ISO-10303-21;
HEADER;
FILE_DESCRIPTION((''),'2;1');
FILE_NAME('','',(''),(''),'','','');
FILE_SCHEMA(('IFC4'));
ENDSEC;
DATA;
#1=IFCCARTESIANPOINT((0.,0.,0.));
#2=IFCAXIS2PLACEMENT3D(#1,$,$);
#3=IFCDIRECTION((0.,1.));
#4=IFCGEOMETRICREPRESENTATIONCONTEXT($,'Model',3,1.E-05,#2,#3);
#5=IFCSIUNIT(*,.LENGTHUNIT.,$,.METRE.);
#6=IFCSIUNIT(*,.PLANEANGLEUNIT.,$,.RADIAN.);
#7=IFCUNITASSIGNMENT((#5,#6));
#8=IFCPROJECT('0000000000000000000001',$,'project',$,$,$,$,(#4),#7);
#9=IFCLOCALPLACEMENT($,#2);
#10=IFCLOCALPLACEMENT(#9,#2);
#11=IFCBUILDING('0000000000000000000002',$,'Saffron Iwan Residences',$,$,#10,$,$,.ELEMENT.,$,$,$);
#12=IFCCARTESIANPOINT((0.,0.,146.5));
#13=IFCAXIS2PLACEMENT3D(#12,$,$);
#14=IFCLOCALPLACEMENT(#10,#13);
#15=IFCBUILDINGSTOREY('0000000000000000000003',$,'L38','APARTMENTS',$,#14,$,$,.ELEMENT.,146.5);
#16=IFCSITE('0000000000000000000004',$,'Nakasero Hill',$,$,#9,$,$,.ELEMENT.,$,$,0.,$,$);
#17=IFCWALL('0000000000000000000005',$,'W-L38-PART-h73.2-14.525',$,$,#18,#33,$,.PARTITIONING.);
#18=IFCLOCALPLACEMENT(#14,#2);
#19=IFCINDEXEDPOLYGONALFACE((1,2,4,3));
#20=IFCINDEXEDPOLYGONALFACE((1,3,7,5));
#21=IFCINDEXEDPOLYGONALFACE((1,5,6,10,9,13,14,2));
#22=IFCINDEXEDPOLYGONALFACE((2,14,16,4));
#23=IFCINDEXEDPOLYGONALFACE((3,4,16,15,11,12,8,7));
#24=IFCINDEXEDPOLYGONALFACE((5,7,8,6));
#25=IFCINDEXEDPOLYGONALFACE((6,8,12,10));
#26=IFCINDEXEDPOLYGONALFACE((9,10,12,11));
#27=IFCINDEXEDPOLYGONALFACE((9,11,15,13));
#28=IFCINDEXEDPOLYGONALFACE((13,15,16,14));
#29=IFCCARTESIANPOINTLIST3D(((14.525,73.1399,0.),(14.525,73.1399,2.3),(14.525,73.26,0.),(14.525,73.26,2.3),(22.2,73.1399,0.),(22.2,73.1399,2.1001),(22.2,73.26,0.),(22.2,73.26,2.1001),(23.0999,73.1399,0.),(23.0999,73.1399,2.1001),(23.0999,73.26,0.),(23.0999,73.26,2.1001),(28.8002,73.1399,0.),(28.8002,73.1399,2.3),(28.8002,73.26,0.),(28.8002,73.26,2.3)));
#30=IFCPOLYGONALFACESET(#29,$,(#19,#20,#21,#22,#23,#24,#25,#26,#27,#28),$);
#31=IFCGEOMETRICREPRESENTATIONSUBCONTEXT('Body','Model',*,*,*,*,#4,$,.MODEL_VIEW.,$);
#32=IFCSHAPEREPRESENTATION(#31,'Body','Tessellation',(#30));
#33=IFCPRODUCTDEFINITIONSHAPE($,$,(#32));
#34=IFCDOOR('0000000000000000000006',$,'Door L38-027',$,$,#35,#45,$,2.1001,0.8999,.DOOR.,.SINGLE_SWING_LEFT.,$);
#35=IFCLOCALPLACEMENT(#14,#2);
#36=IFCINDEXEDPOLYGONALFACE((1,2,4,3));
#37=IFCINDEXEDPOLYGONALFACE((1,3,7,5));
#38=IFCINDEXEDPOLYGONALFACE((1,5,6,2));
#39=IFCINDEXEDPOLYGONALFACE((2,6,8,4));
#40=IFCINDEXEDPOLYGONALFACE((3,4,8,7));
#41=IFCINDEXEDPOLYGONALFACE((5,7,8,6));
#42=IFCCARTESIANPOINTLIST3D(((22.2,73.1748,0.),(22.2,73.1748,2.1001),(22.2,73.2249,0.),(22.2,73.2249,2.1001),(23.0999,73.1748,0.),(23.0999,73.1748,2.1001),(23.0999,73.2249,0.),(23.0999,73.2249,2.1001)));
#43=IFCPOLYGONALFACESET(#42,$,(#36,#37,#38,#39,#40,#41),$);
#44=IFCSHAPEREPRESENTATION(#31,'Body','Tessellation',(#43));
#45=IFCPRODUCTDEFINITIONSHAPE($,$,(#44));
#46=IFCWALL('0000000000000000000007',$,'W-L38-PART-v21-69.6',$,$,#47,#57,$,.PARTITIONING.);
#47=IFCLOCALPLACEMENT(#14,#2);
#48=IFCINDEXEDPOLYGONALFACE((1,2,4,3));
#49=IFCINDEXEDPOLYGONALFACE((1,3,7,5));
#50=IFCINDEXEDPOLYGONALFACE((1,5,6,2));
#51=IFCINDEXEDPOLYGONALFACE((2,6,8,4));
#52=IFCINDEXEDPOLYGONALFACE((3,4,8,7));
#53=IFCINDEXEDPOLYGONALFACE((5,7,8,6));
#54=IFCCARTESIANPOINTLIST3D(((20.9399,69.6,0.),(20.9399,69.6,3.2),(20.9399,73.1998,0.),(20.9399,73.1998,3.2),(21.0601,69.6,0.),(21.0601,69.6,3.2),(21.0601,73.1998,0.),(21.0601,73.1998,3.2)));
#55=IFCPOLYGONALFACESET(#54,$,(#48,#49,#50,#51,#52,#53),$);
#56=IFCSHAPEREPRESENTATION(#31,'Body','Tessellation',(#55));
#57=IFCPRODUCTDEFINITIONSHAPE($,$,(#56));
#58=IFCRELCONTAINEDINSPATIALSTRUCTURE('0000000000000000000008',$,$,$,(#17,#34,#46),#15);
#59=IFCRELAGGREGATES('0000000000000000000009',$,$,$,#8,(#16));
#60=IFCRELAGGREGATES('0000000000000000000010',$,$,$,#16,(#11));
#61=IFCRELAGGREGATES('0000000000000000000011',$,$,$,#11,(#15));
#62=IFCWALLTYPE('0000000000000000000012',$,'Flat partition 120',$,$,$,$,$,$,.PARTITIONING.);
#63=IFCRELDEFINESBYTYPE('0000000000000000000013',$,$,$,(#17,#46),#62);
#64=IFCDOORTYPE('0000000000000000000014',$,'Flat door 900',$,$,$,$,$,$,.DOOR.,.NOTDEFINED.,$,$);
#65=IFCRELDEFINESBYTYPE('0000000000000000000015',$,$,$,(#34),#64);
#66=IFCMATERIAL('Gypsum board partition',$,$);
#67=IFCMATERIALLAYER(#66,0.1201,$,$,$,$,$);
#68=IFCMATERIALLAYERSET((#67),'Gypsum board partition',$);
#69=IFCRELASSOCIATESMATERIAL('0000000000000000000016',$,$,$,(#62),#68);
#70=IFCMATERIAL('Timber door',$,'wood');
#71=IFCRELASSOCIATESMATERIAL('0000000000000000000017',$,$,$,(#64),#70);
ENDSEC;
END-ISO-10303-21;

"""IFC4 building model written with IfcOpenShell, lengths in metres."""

from ifc_helpers import new_model, si_unit, direction, frame, frame_2d, origin, place, context, subcontext, project, spatial, rectangle, extrude, material, layer, layer_set, type_object, element, fill, save


model = new_model("IFC4")

# Units and contexts
model_context = context("Model", 3, precision=1e-05, world=origin(), true_north=direction((0.0, 1.0)))
body_context = subcontext(model_context, "Body", "Model", "MODEL_VIEW")
ifc_project = project(units=[si_unit("LENGTHUNIT", "METRE"), si_unit("PLANEANGLEUNIT", "RADIAN")], contexts=[model_context])

# Site, building, storey
site_placement = place(None, origin())
site = spatial("IfcSite", under=ifc_project, at=site_placement, Name="Nakasero Hill", CompositionType="ELEMENT", RefElevation=0.0)
building_placement = place(site_placement, origin())
building = spatial("IfcBuilding", under=site, at=building_placement, Name="Saffron Iwan Residences", CompositionType="ELEMENT")
storey_placement = place(building_placement, frame((0.0, 0.0, 146.5)))
storey = spatial("IfcBuildingStorey", under=building, at=storey_placement, Name="L38", Description="APARTMENTS", CompositionType="ELEMENT", Elevation=146.5)

# Shared definitions
ifc_material_1 = material(Name="Gypsum board partition")
ifc_layer_1 = layer(ifc_material_1, 0.1201)
ifc_layer_set_1 = layer_set([ifc_layer_1], Name="Gypsum board partition")
wall_type_1 = type_object("IfcWallType", Name="Flat partition 120", PredefinedType="PARTITIONING", material=ifc_layer_set_1)

# Wall, opening, door
ifc_material_2 = material(Name="Timber door", Category="wood")
wall_1_placement = place(storey_placement, frame((14.5249, 73.2, 0.0), z_axis=(0.0, 0.0, 1.0), x_axis=(1.0, 0.0, 0.0)))
wall_1 = element("IfcWall", 1, at=wall_1_placement, inside=storey, type_object=wall_type_1, Name="W-L38-PART-h73.2-14.525", PredefinedType="PARTITIONING", context=body_context, shape_type="SweptSolid", body=[
    extrude(rectangle(XDim=14.2751, YDim=0.1201, at=frame_2d((7.1377, 0.0))), origin(), (0.0, 0.0, 1.0), 2.3),
])
opening_1_placement = place(wall_1_placement, frame((7.675, 0.0, 0.0)))
opening_1 = element("IfcOpeningElement", 2, at=opening_1_placement, cuts=wall_1, PredefinedType="OPENING", context=body_context, shape_type="SweptSolid", body=[
    extrude(rectangle(XDim=0.8999, YDim=2.1001, at=frame_2d((0.45, 1.05))), frame((0.0, 0.0701, 0.0), z_axis=(0.0, -1.0, 0.0), x_axis=(1.0, 0.0, 0.0)), (0.0, 0.0, 1.0), 0.1401),
])
door_type_1 = type_object("IfcDoorType", Name="Flat door 900", OperationType="NOTDEFINED", PredefinedType="DOOR", material=ifc_material_2)
door_1_placement = place(opening_1_placement, origin())
door_1 = element("IfcDoor", 3, at=door_1_placement, inside=storey, type_object=door_type_1, Name="Door L38-027", OperationType="SINGLE_SWING_LEFT", OverallHeight=2.1001, OverallWidth=0.8999, PredefinedType="DOOR", context=body_context, shape_type="SweptSolid", body=[
    extrude(rectangle(XDim=0.8999, YDim=2.1001, at=frame_2d((0.45, 1.05))), frame((0.0, 0.0249, 0.0), z_axis=(0.0, -1.0, 0.0), x_axis=(1.0, 0.0, 0.0)), (0.0, 0.0, 1.0), 0.05),
])
fill(opening_1, door_1)

# Wall
wall_2_placement = place(storey_placement, frame((21.0, 69.6001, 0.0), z_axis=(0.0, 0.0, 1.0), x_axis=(0.0, 1.0, 0.0)))
element("IfcWall", 4, at=wall_2_placement, inside=storey, type_object=wall_type_1, Name="W-L38-PART-v21-69.6", PredefinedType="PARTITIONING", context=body_context, shape_type="SweptSolid", body=[
    extrude(rectangle(XDim=3.5999, YDim=0.1201, at=frame_2d((1.7998, 0.0))), origin(), (0.0, 0.0, 1.0), 3.2),
])

save(model, "model.ifc")
